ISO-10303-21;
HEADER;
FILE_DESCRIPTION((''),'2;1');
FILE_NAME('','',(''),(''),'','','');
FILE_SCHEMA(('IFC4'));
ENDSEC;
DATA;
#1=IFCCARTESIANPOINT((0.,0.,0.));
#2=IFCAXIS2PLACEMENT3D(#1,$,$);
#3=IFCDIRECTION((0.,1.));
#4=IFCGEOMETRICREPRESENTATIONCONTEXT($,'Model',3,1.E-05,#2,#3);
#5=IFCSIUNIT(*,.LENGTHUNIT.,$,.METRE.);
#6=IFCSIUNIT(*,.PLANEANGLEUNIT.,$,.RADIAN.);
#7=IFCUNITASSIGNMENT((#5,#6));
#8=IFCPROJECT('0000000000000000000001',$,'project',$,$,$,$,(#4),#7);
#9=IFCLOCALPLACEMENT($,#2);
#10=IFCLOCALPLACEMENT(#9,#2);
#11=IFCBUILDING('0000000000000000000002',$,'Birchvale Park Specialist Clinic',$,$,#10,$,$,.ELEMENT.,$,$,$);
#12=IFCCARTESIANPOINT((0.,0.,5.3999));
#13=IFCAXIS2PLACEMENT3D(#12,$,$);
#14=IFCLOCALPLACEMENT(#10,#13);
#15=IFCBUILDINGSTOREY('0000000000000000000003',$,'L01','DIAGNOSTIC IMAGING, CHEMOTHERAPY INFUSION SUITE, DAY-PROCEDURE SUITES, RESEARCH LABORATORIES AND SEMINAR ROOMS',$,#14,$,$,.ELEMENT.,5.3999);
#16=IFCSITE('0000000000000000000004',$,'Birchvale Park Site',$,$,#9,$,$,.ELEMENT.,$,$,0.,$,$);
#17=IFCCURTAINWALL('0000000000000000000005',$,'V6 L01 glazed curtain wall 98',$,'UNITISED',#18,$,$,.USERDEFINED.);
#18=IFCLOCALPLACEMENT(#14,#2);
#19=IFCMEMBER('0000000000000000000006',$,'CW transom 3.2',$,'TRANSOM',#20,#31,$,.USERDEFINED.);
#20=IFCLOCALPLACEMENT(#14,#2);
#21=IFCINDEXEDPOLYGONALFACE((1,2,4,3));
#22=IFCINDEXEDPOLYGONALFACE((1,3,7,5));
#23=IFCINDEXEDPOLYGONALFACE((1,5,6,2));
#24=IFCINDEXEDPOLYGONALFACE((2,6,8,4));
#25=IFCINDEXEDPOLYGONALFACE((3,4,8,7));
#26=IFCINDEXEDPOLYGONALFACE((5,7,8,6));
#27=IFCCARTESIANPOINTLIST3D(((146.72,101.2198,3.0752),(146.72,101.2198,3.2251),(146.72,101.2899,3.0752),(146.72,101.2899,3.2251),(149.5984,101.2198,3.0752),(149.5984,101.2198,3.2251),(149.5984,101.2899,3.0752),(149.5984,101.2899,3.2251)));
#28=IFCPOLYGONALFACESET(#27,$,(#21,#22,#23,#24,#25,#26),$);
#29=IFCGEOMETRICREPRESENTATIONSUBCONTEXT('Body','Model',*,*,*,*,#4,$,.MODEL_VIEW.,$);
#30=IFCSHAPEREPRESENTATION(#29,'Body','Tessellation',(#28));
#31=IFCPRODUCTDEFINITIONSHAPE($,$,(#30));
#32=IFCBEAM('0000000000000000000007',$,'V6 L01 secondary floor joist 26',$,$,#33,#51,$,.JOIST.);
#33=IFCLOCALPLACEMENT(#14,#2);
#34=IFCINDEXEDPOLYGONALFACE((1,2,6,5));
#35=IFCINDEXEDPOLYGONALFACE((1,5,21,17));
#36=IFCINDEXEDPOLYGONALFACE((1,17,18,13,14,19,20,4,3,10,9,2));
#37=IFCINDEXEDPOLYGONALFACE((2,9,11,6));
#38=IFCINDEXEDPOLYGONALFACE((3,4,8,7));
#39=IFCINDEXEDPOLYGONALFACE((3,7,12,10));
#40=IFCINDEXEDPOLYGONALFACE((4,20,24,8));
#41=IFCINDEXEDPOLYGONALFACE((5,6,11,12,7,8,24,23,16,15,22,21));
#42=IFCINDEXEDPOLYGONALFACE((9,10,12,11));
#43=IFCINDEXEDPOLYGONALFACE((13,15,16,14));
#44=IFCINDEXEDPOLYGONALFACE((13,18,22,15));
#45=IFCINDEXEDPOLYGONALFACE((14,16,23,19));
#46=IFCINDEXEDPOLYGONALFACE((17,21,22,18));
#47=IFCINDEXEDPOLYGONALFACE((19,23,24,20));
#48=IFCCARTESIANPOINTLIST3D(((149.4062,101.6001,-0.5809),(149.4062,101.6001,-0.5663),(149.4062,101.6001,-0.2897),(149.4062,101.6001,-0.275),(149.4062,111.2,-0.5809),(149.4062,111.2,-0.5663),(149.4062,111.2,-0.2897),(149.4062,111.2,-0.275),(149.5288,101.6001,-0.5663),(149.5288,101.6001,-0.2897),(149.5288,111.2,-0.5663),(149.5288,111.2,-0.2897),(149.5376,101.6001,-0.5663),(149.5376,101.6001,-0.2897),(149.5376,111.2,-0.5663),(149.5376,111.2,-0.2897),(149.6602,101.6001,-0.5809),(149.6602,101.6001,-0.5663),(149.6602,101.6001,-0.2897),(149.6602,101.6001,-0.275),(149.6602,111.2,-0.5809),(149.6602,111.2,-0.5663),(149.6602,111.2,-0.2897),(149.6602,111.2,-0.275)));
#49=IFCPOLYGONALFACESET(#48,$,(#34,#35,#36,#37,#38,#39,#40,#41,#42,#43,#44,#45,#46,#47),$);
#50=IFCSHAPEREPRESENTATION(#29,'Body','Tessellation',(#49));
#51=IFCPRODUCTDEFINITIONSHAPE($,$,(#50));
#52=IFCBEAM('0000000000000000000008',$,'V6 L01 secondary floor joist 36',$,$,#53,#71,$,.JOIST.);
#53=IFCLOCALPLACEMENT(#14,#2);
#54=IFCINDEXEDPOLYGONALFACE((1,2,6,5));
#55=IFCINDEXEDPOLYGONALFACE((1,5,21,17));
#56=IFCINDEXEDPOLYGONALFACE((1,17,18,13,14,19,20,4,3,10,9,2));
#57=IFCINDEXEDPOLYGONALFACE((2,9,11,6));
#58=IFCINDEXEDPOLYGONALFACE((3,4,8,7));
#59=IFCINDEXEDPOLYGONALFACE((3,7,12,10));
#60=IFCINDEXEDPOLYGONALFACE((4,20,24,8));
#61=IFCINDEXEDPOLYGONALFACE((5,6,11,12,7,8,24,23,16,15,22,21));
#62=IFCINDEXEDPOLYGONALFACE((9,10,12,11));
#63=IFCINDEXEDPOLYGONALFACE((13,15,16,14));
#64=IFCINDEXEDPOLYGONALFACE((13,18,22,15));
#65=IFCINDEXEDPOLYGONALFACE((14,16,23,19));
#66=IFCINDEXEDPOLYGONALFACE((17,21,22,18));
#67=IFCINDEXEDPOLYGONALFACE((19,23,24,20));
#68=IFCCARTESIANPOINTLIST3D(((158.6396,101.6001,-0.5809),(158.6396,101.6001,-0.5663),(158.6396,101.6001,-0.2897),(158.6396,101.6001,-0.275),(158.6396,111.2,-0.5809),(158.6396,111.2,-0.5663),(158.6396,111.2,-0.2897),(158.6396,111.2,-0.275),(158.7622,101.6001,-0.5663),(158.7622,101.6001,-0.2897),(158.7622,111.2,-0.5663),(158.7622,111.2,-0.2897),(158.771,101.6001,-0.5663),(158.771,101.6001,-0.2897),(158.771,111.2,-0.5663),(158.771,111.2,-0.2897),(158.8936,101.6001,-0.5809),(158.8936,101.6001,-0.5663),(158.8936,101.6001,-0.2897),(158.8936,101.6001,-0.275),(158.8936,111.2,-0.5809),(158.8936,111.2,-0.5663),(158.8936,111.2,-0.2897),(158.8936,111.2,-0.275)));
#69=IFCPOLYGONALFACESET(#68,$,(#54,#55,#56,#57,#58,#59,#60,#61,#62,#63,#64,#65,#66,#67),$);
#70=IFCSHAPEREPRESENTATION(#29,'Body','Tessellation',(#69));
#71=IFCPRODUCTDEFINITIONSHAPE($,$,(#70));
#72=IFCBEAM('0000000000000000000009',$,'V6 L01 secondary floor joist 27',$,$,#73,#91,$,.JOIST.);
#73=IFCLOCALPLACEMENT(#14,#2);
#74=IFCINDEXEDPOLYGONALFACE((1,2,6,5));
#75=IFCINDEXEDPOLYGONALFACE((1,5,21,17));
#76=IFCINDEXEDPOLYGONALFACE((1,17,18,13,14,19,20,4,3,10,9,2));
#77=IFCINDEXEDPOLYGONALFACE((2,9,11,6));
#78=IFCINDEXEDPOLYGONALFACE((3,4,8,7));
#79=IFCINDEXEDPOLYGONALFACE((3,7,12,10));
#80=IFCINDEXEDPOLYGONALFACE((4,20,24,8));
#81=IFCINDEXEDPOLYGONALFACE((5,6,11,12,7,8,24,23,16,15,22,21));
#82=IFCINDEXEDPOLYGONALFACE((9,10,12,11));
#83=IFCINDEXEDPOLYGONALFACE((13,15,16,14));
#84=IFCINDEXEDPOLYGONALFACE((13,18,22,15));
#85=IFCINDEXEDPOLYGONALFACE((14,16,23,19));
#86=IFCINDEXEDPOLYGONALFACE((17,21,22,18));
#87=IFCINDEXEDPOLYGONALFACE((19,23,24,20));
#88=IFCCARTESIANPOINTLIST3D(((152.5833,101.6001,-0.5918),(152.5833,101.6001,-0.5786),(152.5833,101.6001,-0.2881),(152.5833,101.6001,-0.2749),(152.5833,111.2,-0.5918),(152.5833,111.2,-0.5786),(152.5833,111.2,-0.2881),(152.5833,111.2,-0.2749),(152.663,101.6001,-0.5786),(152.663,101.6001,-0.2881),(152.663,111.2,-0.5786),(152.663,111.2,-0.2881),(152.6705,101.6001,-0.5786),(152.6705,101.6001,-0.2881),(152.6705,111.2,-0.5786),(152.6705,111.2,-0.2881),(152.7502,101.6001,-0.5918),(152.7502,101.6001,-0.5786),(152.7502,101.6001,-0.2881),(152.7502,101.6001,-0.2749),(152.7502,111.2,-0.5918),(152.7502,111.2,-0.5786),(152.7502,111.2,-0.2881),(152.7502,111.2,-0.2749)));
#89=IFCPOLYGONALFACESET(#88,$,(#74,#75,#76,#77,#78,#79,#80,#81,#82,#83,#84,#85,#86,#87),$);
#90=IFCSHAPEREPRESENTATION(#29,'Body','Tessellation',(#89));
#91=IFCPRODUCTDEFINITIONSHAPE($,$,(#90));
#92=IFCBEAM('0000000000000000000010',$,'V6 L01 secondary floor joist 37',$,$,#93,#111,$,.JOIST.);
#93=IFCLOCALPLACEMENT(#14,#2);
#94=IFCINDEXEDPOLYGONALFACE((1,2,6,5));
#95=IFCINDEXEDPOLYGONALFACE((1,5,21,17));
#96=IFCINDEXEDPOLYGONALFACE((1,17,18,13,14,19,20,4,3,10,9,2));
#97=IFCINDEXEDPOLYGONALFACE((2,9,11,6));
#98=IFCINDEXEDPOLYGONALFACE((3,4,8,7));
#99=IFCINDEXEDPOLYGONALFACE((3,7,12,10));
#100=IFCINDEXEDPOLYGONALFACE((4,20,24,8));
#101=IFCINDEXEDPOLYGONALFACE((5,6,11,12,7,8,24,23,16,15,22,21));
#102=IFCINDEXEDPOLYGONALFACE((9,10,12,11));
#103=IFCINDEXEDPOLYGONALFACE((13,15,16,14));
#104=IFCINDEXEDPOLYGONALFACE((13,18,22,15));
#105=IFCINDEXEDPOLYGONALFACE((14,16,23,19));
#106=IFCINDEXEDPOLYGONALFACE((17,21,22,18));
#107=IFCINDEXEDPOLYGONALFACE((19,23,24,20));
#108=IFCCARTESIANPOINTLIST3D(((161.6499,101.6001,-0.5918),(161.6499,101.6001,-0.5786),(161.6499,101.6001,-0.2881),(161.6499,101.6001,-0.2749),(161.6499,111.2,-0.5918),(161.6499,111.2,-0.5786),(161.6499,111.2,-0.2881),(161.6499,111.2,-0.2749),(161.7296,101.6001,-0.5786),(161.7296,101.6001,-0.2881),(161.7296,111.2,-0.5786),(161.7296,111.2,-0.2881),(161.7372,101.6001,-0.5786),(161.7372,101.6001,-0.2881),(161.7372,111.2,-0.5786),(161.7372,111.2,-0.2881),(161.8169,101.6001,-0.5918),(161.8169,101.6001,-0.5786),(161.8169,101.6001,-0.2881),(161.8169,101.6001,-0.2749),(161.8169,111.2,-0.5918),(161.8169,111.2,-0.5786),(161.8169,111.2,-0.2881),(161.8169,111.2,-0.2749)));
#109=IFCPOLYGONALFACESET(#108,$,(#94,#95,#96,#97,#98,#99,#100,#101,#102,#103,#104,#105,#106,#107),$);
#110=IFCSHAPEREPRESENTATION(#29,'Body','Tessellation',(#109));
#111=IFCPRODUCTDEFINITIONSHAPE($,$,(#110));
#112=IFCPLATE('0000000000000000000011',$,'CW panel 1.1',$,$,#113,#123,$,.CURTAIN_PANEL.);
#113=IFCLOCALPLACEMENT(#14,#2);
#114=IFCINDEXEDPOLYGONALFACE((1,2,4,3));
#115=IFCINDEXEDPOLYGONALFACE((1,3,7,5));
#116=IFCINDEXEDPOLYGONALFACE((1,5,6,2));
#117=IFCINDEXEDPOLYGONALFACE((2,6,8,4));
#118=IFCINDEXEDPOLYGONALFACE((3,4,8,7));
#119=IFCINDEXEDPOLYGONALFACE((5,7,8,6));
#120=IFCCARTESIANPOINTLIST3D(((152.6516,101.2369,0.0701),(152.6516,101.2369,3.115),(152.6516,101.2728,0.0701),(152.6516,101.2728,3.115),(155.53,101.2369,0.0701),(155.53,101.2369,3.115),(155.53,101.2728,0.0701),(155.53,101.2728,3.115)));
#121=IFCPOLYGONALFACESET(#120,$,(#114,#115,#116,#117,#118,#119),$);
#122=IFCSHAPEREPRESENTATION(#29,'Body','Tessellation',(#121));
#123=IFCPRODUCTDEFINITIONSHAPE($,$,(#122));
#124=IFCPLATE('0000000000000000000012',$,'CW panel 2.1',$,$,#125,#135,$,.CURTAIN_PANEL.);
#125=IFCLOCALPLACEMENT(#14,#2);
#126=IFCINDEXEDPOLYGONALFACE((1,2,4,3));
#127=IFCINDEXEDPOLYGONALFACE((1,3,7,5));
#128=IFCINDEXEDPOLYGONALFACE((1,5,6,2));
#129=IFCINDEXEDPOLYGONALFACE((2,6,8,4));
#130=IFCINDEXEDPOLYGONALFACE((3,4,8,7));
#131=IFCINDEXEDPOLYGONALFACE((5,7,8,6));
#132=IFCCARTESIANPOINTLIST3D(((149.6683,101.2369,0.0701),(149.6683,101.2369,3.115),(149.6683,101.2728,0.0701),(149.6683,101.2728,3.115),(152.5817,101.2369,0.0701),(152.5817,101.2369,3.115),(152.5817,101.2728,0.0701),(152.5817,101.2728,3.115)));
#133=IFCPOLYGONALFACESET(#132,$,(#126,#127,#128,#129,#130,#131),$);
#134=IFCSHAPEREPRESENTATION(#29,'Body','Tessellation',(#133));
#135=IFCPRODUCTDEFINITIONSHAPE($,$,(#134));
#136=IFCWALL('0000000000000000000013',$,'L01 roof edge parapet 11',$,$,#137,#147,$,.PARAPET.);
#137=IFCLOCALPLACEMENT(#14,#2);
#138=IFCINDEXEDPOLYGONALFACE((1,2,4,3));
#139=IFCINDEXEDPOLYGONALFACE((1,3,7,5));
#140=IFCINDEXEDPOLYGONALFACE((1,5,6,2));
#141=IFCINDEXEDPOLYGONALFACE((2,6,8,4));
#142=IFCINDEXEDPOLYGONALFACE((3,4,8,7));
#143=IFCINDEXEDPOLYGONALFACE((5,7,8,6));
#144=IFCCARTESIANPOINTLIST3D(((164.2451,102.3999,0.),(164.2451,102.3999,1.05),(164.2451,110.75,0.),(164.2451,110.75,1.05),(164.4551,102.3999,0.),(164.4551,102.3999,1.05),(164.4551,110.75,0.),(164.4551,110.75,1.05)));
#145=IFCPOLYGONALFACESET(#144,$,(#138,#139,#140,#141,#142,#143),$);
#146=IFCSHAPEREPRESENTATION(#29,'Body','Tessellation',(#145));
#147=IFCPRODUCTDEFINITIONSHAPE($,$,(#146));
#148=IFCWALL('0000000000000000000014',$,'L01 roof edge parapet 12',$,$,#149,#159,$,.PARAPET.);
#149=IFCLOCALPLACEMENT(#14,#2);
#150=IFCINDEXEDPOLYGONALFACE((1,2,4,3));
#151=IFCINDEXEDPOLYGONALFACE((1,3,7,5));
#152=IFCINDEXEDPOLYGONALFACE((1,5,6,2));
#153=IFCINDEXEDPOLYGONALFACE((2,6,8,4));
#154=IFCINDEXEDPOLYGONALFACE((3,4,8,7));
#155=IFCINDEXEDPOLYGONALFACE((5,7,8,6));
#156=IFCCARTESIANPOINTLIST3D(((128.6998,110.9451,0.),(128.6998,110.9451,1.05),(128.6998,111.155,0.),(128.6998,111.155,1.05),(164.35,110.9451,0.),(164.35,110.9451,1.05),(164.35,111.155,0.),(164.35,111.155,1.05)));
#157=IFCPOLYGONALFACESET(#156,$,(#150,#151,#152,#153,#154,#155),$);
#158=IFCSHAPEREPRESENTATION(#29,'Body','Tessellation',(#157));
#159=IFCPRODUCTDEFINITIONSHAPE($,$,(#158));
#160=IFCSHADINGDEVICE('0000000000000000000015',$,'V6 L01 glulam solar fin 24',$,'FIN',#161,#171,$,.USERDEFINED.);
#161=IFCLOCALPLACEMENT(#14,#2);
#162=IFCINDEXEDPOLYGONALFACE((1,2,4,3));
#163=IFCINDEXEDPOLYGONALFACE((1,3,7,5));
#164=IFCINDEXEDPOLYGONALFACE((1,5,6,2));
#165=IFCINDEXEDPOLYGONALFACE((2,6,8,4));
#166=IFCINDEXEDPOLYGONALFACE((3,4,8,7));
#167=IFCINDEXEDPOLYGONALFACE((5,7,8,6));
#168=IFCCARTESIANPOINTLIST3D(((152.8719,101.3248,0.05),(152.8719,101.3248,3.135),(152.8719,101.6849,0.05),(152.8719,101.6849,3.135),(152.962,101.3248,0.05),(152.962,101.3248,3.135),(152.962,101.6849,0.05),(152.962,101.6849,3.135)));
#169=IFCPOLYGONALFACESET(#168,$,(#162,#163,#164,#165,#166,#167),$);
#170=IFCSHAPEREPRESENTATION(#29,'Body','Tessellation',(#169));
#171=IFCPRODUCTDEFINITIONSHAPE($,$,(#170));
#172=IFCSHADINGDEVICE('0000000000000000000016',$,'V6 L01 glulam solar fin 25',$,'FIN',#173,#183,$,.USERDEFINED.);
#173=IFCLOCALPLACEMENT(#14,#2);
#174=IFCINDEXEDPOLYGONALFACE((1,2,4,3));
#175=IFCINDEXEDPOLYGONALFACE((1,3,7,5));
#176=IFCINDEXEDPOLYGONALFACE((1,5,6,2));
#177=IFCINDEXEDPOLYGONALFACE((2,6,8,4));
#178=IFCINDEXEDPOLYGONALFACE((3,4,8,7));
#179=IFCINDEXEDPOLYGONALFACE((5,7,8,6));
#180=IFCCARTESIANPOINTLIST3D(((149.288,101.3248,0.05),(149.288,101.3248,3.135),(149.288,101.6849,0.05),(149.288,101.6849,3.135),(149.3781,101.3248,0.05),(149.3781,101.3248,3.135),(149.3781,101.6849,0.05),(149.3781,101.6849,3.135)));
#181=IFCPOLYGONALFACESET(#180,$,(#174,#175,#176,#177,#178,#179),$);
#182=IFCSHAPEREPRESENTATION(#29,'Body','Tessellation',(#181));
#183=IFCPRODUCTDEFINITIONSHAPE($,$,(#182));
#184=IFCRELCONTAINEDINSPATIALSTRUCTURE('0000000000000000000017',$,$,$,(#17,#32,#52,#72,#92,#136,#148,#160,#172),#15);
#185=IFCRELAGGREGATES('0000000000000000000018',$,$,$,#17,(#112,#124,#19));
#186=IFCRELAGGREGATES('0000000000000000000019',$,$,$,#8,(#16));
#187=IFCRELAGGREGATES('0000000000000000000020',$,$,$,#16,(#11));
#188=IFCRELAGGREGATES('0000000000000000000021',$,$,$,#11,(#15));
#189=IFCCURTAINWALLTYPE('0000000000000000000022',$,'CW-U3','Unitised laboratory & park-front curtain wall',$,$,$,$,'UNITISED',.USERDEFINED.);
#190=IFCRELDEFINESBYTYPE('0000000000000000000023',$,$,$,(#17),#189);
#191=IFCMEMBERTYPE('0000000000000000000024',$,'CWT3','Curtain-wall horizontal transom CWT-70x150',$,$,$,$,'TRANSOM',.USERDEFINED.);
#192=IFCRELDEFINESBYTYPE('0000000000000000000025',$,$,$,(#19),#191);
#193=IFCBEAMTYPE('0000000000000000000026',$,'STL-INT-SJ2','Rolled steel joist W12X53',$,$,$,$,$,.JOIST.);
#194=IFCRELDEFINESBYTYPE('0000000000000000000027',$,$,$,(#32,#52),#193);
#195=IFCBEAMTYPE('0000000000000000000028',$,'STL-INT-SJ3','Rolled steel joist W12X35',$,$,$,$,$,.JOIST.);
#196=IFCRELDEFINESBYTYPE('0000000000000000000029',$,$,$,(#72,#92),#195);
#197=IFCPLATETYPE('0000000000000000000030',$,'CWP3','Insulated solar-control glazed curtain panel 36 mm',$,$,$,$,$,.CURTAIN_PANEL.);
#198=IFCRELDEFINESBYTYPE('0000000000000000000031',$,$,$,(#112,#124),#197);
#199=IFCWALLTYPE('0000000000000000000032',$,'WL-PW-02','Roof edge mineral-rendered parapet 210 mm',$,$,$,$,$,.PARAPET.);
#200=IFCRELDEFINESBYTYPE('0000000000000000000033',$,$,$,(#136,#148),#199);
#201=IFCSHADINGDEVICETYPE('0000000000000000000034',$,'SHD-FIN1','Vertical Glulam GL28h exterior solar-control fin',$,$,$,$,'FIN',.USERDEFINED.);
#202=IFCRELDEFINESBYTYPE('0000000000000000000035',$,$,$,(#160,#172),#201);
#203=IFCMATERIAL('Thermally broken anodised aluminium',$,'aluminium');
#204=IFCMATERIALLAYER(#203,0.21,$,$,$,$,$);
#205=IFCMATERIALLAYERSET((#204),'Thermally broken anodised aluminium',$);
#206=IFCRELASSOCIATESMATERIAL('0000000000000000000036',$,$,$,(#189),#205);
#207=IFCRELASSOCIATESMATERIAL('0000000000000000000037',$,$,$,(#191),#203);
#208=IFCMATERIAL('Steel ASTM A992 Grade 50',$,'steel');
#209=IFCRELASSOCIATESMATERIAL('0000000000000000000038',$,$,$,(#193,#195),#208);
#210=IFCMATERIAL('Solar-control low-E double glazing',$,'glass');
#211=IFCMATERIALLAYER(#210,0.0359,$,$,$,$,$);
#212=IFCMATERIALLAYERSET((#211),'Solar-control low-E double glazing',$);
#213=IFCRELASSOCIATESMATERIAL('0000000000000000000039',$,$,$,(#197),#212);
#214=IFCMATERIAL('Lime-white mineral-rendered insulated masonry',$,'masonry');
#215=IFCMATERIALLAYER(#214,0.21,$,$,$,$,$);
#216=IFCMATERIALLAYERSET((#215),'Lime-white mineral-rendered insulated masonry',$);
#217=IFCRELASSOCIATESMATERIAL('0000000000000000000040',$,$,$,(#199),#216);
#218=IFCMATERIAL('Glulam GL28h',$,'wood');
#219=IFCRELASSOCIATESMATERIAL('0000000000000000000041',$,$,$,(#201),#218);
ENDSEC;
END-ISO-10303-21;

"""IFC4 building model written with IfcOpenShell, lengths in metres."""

from ifc_helpers import new_model, si_unit, direction, frame, frame_2d, origin, origin_2d, place, context, subcontext, project, spatial, rectangle, i_section, extrude, material, layer, layer_set, material_profile, profile_set, type_object, element, aggregate, save


model = new_model("IFC4")

# Units and contexts
model_context = context("Model", 3, precision=1e-05, world=origin(), true_north=direction((0.0, 1.0)))
body_context = subcontext(model_context, "Body", "Model", "MODEL_VIEW")
ifc_project = project(units=[si_unit("LENGTHUNIT", "METRE"), si_unit("PLANEANGLEUNIT", "RADIAN")], contexts=[model_context])

# Site, building, storey
site_placement = place(None, origin())
site = spatial("IfcSite", under=ifc_project, at=site_placement, Name="Birchvale Park Site", CompositionType="ELEMENT", RefElevation=0.0)
building_placement = place(site_placement, origin())
building = spatial("IfcBuilding", under=site, at=building_placement, Name="Birchvale Park Specialist Clinic", CompositionType="ELEMENT")
storey_placement = place(building_placement, frame((0.0, 0.0, 5.3999)))
storey = spatial("IfcBuildingStorey", under=building, at=storey_placement, Name="L01", Description="DIAGNOSTIC IMAGING, CHEMOTHERAPY INFUSION SUITE, DAY-PROCEDURE SUITES, RESEARCH LABORATORIES AND SEMINAR ROOMS", CompositionType="ELEMENT", Elevation=5.3999)

# Shared definitions
ifc_material_1 = material(Name="Thermally broken anodised aluminium", Category="aluminium")
ifc_layer_1 = layer(ifc_material_1, 0.21)
ifc_layer_set_1 = layer_set([ifc_layer_1], Name="Thermally broken anodised aluminium")
curtain_wall_type = type_object("IfcCurtainWallType", Name="CW-U3", Description="Unitised laboratory & park-front curtain wall", ElementType="UNITISED", PredefinedType="USERDEFINED", material=ifc_layer_set_1)

# Curtain wall, member
curtain_wall_1_placement = place(storey_placement, origin())
curtain_wall_1 = element("IfcCurtainWall", 1, at=curtain_wall_1_placement, inside=storey, type_object=curtain_wall_type, Name="V6 L01 glazed curtain wall 98", ObjectType="UNITISED", PredefinedType="USERDEFINED")
ifc_material_profile_1 = material_profile(ifc_material_1, rectangle(XDim=0.0701, YDim=0.1499, at=origin_2d()), Name="CWT-70x150")
ifc_profile_set_1 = profile_set([ifc_material_profile_1], Name="Thermally broken anodised aluminium")
member_type_1 = type_object("IfcMemberType", Name="CWT3", Description="Curtain-wall horizontal transom CWT-70x150", ElementType="TRANSOM", PredefinedType="USERDEFINED", material=ifc_profile_set_1)
member_1_placement = place(storey_placement, frame((149.5984, 101.2549, 3.1501), z_axis=(-1.0, 0.0, 0.0), x_axis=(0.0, -1.0, 0.0)))
member_1 = element("IfcMember", 2, at=member_1_placement, type_object=member_type_1, Name="CW transom 3.2", ObjectType="TRANSOM", PredefinedType="USERDEFINED", context=body_context, shape_type="SweptSolid", body=[
    extrude(rectangle(XDim=0.0701, YDim=0.1499, at=origin_2d()), origin(), (0.0, 0.0, 1.0), 2.8784),
])

# Beams
ifc_material_2 = material(Name="Steel ASTM A992 Grade 50", Category="steel")
ifc_material_profile_2 = material_profile(ifc_material_2, i_section(OverallWidth=0.2539, OverallDepth=0.3059, WebThickness=0.0088, FlangeThickness=0.0146, at=origin_2d()), Name="W12X53")
ifc_profile_set_2 = profile_set([ifc_material_profile_2], Name="Steel ASTM A992 Grade 50")
beam_type_1 = type_object("IfcBeamType", Name="STL-INT-SJ2", Description="Rolled steel joist W12X53", PredefinedType="JOIST", material=ifc_profile_set_2)
for number, where, z_axis, x_axis, name in (
    (3, (149.5332, 101.6001, -0.428), (0.0, 1.0, 0.0), (-1.0, 0.0, 0.0), "V6 L01 secondary floor joist 26"),
    (4, (158.7666, 101.6001, -0.428), (0.0, 1.0, 0.0), (-1.0, 0.0, 0.0), "V6 L01 secondary floor joist 36"),
):
    element("IfcBeam", number, at=place(storey_placement, frame(where, z_axis=z_axis, x_axis=x_axis)), inside=storey, type_object=beam_type_1, Name=name, PredefinedType="JOIST", context=body_context, shape_type="SweptSolid", body=[
        extrude(i_section(OverallWidth=0.2539, OverallDepth=0.3059, WebThickness=0.0088, FlangeThickness=0.0146, at=origin_2d()), origin(), (0.0, 0.0, 1.0), 9.5999),
    ])
ifc_material_profile_3 = material_profile(ifc_material_2, i_section(OverallWidth=0.167, OverallDepth=0.3169, WebThickness=0.0076, FlangeThickness=0.0132, at=origin_2d()), Name="W12X35")
ifc_profile_set_3 = profile_set([ifc_material_profile_3], Name="Steel ASTM A992 Grade 50")
beam_type_2 = type_object("IfcBeamType", Name="STL-INT-SJ3", Description="Rolled steel joist W12X35", PredefinedType="JOIST", material=ifc_profile_set_3)
for number, where, z_axis, x_axis, name in (
    (5, (152.6667, 101.6001, -0.4333), (0.0, 1.0, 0.0), (-1.0, 0.0, 0.0), "V6 L01 secondary floor joist 27"),
    (6, (161.7334, 101.6001, -0.4333), (0.0, 1.0, 0.0), (-1.0, 0.0, 0.0), "V6 L01 secondary floor joist 37"),
):
    element("IfcBeam", number, at=place(storey_placement, frame(where, z_axis=z_axis, x_axis=x_axis)), inside=storey, type_object=beam_type_2, Name=name, PredefinedType="JOIST", context=body_context, shape_type="SweptSolid", body=[
        extrude(i_section(OverallWidth=0.167, OverallDepth=0.3169, WebThickness=0.0076, FlangeThickness=0.0132, at=origin_2d()), origin(), (0.0, 0.0, 1.0), 9.5999),
    ])

# Plates
ifc_material_3 = material(Name="Solar-control low-E double glazing", Category="glass")
ifc_layer_2 = layer(ifc_material_3, 0.0359)
ifc_layer_set_2 = layer_set([ifc_layer_2], Name="Solar-control low-E double glazing")
plate_type = type_object("IfcPlateType", Name="CWP3", Description="Insulated solar-control glazed curtain panel 36 mm", PredefinedType="CURTAIN_PANEL", material=ifc_layer_set_2)
plate_1_placement = place(storey_placement, frame((154.0908, 101.2549, 0.0701), z_axis=(0.0, 0.0, 1.0), x_axis=(-1.0, 0.0, 0.0)))
plate_1 = element("IfcPlate", 7, at=plate_1_placement, type_object=plate_type, Name="CW panel 1.1", PredefinedType="CURTAIN_PANEL", context=body_context, shape_type="SweptSolid", body=[
    extrude(rectangle(XDim=2.8784, YDim=0.0359, at=origin_2d()), origin(), (0.0, 0.0, 1.0), 3.0449),
])
plate_2_placement = place(storey_placement, frame((151.125, 101.2549, 0.0701), z_axis=(0.0, 0.0, 1.0), x_axis=(-1.0, 0.0, 0.0)))
plate_2 = element("IfcPlate", 8, at=plate_2_placement, type_object=plate_type, Name="CW panel 2.1", PredefinedType="CURTAIN_PANEL", context=body_context, shape_type="SweptSolid", body=[
    extrude(rectangle(XDim=2.9133, YDim=0.0359, at=origin_2d()), origin(), (0.0, 0.0, 1.0), 3.0449),
])
aggregate(curtain_wall_1, [plate_1, plate_2, member_1])

# Walls
ifc_material_4 = material(Name="Lime-white mineral-rendered insulated masonry", Category="masonry")
ifc_layer_3 = layer(ifc_material_4, 0.21)
ifc_layer_set_3 = layer_set([ifc_layer_3], Name="Lime-white mineral-rendered insulated masonry")
wall_type = type_object("IfcWallType", Name="WL-PW-02", Description="Roof edge mineral-rendered parapet 210 mm", PredefinedType="PARAPET", material=ifc_layer_set_3)
wall_1_placement = place(storey_placement, frame((164.3501, 102.3999, 0.0), z_axis=(0.0, 0.0, 1.0), x_axis=(0.0, 1.0, 0.0)))
element("IfcWall", 9, at=wall_1_placement, inside=storey, type_object=wall_type, Name="L01 roof edge parapet 11", PredefinedType="PARAPET", context=body_context, shape_type="SweptSolid", body=[
    extrude(rectangle(XDim=8.3501, YDim=0.21, at=frame_2d((4.175, 0.0))), origin(), (0.0, 0.0, 1.0), 1.05),
])
wall_2_placement = place(storey_placement, frame((164.3501, 111.05, 0.0), z_axis=(0.0, 0.0, 1.0), x_axis=(-1.0, 0.0, 0.0)))
element("IfcWall", 10, at=wall_2_placement, inside=storey, type_object=wall_type, Name="L01 roof edge parapet 12", PredefinedType="PARAPET", context=body_context, shape_type="SweptSolid", body=[
    extrude(rectangle(XDim=35.6501, YDim=0.21, at=frame_2d((17.8252, 0.0))), origin(), (0.0, 0.0, 1.0), 1.05),
])

# Shading devices
ifc_material_5 = material(Name="Glulam GL28h", Category="wood")
shading_device_type = type_object("IfcShadingDeviceType", Name="SHD-FIN1", Description="Vertical Glulam GL28h exterior solar-control fin", ElementType="FIN", PredefinedType="USERDEFINED", material=ifc_material_5)
for number, where, z_axis, x_axis, name in (
    (11, (152.917, 101.5049, 0.05), (0.0, 0.0, 1.0), (0.0, 1.0, 0.0), "V6 L01 glulam solar fin 24"),
    (12, (149.333, 101.5049, 0.05), (0.0, 0.0, 1.0), (0.0, 1.0, 0.0), "V6 L01 glulam solar fin 25"),
):
    element("IfcShadingDevice", number, at=place(storey_placement, frame(where, z_axis=z_axis, x_axis=x_axis)), inside=storey, type_object=shading_device_type, Name=name, ObjectType="FIN", PredefinedType="USERDEFINED", context=body_context, shape_type="SweptSolid", body=[
        extrude(rectangle(XDim=0.3601, YDim=0.0901, at=origin_2d()), origin(), (0.0, 0.0, 1.0), 3.085),
    ])

save(model, "model.ifc")
